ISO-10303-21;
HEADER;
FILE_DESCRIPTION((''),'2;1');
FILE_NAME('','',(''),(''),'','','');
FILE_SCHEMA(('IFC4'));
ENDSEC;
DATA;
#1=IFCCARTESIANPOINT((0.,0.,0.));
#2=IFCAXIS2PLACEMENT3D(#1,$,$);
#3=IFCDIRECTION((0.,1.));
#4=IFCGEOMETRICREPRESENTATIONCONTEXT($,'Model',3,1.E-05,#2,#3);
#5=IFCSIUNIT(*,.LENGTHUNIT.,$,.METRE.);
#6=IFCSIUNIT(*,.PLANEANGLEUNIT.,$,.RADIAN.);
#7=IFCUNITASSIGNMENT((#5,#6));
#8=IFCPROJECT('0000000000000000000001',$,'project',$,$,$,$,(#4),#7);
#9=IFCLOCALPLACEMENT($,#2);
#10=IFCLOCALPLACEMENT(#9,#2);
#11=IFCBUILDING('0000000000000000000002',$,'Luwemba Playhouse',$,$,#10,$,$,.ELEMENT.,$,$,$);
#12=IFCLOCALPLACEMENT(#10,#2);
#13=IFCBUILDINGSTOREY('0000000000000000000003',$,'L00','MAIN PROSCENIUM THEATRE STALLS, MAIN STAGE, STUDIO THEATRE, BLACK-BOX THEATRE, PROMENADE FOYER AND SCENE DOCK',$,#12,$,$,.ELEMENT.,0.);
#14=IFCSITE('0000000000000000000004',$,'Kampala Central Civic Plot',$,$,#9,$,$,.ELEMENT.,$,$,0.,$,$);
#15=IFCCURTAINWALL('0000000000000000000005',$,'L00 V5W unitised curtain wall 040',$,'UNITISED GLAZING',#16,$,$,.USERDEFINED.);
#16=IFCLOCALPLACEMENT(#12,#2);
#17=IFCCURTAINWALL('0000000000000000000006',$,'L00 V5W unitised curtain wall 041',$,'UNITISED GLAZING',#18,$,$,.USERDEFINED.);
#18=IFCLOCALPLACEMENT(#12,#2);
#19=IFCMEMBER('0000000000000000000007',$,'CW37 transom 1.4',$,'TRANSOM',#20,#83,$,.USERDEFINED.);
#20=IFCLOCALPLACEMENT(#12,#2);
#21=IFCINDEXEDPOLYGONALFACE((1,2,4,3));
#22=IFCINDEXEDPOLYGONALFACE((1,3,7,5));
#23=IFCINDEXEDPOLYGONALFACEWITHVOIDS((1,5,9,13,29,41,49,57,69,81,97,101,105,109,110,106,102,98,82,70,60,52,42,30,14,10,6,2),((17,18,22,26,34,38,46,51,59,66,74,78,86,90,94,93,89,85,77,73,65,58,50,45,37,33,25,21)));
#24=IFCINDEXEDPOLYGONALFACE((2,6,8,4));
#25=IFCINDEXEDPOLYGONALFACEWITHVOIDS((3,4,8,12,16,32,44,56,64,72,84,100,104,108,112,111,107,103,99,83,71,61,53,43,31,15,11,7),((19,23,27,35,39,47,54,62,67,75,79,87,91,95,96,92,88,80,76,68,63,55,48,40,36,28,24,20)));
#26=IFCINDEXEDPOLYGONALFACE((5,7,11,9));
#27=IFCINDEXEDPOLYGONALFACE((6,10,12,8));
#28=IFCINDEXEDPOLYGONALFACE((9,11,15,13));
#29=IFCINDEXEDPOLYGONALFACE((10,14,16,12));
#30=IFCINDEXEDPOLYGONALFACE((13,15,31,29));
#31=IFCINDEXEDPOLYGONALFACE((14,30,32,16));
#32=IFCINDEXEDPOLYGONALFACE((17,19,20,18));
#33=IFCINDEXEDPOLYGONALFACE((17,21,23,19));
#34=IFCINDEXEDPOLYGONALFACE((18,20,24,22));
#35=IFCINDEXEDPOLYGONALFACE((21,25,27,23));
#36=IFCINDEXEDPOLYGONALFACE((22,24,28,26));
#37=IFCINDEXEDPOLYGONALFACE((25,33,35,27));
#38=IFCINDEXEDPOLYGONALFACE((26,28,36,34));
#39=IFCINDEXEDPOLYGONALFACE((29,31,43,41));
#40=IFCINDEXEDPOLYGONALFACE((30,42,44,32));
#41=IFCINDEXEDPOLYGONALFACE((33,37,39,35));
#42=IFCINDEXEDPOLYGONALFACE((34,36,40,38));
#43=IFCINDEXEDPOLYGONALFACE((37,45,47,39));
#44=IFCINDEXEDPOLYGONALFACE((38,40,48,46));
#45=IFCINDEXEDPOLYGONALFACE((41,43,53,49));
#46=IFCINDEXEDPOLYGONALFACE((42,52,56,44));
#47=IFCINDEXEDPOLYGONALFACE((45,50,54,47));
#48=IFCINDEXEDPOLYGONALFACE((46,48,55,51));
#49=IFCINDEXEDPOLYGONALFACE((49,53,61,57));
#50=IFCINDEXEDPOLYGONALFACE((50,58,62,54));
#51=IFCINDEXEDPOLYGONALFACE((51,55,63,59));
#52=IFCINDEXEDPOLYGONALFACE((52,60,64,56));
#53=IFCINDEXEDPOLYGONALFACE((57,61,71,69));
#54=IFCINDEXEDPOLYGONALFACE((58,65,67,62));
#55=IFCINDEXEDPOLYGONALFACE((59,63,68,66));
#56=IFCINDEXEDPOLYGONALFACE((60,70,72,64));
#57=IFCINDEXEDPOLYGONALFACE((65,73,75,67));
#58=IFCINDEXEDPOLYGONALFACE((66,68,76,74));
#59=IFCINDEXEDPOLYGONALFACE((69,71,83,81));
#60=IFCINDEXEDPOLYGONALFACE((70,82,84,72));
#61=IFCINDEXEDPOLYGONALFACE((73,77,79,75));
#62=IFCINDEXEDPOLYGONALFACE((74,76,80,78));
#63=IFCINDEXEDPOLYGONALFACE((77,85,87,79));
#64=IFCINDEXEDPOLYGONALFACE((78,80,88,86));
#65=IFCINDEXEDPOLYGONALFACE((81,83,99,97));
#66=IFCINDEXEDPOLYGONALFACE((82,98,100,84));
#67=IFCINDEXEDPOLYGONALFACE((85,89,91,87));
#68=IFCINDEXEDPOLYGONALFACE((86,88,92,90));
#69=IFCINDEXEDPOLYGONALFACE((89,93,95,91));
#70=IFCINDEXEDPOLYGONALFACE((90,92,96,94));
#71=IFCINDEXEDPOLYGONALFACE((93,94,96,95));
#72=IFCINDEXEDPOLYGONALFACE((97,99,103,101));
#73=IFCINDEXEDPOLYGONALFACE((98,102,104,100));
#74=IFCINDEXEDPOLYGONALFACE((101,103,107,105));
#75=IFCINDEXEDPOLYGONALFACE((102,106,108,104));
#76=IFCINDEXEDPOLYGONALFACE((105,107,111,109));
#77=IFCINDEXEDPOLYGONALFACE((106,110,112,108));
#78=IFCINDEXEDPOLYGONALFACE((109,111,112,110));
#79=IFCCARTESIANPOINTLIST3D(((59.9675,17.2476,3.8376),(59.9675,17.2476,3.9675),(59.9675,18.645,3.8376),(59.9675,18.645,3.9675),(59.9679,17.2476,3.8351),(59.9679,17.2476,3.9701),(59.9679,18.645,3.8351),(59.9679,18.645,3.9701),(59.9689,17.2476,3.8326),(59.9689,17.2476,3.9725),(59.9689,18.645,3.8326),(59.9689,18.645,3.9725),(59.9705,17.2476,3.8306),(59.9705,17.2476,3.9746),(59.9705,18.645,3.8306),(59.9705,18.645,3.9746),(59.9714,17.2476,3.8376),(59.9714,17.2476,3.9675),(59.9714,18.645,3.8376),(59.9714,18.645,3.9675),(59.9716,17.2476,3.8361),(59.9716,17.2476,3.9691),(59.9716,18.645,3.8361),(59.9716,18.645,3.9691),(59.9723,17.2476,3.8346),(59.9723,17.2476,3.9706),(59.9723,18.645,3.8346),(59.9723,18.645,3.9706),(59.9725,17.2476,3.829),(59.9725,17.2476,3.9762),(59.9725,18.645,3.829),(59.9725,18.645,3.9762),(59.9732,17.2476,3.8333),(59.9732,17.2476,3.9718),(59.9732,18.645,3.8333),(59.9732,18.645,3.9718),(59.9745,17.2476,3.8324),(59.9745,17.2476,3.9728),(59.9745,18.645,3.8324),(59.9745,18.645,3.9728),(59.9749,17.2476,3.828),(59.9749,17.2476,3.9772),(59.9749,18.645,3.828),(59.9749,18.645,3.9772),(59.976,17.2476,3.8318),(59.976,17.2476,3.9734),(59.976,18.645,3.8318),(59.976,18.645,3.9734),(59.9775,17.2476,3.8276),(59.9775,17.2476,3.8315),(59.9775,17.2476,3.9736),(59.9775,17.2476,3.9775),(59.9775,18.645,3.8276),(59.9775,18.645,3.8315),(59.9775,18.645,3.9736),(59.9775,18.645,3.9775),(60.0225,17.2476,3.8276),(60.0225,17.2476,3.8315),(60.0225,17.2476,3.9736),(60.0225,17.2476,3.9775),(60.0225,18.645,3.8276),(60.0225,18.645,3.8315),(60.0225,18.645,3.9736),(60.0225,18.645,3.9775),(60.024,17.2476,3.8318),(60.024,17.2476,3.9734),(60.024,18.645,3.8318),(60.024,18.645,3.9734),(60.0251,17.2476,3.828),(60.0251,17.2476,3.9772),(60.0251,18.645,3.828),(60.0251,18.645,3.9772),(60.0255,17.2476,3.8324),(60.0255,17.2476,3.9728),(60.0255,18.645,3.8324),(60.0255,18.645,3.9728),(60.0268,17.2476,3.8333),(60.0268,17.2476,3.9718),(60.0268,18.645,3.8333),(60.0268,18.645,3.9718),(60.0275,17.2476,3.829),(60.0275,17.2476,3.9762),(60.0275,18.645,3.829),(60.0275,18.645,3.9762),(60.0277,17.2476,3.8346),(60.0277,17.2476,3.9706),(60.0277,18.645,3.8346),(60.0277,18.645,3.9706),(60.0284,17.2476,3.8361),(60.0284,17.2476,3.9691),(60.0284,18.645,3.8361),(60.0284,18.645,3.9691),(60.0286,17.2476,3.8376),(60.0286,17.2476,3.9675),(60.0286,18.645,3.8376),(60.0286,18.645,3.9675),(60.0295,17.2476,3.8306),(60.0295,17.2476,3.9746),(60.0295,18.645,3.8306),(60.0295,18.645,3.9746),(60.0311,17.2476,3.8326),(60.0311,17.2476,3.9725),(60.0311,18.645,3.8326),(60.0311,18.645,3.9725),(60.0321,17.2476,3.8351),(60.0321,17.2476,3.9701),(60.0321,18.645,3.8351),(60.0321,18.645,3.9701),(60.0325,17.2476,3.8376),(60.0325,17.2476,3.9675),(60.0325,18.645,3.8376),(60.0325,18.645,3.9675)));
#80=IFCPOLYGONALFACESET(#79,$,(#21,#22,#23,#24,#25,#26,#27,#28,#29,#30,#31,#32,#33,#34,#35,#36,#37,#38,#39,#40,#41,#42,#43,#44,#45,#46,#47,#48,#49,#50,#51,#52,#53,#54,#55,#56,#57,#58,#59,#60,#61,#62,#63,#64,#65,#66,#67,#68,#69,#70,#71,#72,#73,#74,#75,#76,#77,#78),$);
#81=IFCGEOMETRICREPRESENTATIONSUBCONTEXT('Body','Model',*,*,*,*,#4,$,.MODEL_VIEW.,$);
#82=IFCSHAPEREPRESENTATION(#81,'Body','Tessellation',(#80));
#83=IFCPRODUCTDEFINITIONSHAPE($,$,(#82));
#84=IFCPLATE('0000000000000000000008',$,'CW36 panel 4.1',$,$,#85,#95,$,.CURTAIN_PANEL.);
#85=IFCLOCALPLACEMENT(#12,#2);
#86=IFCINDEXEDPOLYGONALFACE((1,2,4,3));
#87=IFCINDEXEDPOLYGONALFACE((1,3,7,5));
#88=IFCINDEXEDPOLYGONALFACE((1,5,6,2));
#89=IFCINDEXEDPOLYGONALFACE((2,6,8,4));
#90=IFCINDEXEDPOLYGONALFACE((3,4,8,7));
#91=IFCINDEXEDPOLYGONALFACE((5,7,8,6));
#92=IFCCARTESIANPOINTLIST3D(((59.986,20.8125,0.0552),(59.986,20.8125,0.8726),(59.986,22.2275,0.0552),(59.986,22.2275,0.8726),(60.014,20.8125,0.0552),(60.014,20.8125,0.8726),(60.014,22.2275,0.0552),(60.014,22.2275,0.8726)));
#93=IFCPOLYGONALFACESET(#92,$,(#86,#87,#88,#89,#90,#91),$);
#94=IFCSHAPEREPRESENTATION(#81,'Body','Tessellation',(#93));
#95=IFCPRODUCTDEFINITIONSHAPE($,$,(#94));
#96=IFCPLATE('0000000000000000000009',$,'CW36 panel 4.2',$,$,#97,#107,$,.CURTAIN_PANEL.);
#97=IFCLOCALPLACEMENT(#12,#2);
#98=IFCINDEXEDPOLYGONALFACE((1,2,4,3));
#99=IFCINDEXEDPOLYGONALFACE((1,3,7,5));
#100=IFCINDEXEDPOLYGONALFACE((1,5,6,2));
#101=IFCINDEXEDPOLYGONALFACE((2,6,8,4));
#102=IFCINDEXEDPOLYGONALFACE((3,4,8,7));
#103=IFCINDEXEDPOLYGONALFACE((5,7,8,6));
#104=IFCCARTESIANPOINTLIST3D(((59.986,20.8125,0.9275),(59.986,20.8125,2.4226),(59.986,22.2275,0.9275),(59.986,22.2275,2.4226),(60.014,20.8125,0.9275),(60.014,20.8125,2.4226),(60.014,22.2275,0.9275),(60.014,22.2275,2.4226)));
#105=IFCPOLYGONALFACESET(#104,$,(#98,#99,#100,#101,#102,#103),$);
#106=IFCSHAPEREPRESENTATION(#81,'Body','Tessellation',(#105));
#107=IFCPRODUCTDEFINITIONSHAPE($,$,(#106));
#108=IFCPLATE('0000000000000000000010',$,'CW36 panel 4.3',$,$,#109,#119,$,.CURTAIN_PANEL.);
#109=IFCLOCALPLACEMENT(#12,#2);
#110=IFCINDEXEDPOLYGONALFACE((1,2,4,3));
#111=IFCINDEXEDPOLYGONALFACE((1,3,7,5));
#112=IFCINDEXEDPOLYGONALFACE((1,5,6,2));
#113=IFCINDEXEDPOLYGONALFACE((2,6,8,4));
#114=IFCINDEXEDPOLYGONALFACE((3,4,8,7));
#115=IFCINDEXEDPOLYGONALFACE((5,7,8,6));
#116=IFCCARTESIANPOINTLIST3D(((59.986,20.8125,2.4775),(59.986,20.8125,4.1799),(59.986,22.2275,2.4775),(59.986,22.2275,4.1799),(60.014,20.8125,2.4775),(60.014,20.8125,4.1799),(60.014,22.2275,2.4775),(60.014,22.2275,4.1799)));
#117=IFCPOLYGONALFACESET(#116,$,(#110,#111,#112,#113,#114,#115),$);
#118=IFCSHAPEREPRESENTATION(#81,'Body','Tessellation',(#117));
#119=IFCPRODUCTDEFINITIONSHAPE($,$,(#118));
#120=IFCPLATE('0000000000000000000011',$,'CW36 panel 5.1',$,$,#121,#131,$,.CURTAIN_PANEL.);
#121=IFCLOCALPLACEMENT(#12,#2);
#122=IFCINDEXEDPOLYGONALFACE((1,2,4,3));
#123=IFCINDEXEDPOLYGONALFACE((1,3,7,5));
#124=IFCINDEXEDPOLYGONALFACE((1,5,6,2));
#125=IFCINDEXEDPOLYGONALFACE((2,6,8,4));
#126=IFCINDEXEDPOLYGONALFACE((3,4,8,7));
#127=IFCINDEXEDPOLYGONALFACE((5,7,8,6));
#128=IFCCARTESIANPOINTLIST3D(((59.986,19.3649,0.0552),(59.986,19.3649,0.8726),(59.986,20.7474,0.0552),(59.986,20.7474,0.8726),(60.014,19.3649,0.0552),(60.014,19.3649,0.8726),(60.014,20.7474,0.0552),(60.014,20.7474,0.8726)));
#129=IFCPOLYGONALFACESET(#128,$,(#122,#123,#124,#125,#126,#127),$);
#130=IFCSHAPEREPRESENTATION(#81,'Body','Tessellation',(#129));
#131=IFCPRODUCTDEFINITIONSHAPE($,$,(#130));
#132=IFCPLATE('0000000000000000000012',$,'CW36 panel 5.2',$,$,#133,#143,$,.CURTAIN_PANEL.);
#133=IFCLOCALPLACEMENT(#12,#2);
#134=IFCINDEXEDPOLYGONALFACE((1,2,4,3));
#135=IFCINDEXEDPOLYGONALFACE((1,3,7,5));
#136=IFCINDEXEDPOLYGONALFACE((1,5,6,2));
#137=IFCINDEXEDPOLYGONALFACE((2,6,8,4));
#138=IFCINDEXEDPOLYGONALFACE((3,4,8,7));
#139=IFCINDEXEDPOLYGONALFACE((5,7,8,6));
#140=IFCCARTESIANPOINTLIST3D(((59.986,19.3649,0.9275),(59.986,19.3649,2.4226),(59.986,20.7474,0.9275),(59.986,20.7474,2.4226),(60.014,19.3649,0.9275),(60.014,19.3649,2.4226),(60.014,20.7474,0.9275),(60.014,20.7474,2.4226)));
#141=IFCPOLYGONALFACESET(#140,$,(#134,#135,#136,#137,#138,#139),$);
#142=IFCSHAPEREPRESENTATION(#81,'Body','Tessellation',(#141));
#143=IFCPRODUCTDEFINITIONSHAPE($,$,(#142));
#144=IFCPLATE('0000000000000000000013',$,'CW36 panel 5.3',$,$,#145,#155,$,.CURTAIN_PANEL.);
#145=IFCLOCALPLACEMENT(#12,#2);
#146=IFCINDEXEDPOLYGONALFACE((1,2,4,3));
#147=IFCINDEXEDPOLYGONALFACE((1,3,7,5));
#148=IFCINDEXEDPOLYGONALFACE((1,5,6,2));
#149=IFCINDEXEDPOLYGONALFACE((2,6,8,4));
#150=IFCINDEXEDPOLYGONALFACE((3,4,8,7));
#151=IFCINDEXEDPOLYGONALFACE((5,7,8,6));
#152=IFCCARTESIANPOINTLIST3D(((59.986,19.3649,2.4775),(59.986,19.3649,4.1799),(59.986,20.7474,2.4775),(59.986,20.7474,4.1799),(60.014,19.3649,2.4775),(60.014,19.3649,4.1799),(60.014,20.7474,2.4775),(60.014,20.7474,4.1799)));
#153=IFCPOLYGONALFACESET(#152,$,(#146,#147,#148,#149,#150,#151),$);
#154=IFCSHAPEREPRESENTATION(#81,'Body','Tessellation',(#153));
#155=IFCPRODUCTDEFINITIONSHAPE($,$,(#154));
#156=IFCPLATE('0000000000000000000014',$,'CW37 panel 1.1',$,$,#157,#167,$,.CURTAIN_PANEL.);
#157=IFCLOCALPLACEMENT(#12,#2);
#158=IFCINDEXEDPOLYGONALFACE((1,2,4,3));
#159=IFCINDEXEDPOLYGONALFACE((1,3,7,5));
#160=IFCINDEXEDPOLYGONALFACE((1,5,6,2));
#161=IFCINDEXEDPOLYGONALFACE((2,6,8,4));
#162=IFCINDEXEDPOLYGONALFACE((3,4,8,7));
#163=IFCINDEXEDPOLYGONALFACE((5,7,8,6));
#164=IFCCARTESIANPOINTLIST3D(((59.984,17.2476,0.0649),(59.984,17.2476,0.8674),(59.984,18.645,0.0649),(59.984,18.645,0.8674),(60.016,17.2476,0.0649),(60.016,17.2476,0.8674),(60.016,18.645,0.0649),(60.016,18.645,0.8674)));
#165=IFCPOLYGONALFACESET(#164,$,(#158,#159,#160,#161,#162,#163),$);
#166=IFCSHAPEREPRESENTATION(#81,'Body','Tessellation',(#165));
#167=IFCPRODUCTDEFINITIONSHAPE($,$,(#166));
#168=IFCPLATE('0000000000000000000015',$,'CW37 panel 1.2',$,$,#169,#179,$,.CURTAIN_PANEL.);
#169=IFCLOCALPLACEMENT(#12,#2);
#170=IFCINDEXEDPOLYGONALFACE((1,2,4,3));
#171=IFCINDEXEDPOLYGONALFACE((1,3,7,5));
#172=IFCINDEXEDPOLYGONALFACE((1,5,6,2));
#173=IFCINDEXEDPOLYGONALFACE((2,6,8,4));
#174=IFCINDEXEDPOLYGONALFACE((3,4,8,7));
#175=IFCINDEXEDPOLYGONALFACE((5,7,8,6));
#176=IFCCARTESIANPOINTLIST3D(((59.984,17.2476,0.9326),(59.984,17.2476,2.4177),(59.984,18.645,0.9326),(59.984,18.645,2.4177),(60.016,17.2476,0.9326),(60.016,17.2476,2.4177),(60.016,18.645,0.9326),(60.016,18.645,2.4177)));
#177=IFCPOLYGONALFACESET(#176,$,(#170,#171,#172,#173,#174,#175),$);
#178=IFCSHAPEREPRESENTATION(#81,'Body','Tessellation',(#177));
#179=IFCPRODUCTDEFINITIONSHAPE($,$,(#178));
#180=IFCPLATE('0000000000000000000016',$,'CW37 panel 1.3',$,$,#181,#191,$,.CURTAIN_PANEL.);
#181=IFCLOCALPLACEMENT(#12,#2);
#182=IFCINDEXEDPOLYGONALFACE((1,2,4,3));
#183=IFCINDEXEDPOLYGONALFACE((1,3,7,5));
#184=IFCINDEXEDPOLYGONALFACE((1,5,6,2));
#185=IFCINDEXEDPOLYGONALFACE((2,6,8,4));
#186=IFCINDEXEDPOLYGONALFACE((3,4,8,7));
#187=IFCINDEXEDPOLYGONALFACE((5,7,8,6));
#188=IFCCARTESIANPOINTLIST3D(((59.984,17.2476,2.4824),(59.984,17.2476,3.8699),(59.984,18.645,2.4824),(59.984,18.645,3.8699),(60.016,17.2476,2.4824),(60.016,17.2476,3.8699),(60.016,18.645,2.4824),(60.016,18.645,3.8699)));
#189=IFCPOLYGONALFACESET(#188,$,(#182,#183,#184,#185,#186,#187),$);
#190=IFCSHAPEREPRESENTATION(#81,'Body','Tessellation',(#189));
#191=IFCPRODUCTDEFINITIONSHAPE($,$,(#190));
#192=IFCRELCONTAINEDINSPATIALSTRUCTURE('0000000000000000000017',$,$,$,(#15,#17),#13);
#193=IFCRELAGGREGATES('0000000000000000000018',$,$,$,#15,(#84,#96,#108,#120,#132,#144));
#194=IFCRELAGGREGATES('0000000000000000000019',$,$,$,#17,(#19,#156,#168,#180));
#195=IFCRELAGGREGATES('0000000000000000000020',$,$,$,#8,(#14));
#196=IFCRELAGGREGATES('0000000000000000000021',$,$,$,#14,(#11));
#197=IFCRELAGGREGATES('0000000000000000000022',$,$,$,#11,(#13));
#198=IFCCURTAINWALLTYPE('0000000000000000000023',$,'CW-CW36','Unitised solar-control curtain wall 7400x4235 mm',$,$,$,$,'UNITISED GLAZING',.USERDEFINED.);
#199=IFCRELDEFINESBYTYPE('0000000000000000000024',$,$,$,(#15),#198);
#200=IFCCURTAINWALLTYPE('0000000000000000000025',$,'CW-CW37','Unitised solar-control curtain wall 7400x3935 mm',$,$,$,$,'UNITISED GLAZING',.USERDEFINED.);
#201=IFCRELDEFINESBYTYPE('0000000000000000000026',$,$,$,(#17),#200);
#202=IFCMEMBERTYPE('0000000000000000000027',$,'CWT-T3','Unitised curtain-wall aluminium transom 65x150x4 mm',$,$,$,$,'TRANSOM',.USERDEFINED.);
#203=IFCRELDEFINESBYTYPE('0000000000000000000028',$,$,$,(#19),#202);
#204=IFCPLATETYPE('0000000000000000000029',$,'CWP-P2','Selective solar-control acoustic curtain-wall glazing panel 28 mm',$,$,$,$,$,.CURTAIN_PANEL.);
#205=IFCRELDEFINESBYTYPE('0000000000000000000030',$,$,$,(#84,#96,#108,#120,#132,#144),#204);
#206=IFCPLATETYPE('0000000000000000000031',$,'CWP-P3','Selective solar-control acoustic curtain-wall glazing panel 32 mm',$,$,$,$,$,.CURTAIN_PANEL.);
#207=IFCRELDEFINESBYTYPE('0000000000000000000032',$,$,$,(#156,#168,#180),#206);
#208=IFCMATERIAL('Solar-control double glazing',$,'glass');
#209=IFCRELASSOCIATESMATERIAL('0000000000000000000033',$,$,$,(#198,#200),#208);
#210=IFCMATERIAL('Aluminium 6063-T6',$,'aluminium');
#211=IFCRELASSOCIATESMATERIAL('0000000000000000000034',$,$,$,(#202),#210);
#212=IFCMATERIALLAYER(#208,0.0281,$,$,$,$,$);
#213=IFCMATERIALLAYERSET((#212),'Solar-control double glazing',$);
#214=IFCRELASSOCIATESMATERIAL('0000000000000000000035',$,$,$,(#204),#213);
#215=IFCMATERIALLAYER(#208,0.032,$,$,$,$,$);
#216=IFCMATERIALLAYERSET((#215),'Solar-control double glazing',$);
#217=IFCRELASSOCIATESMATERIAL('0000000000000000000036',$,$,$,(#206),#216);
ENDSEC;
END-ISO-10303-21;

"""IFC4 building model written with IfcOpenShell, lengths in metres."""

from ifc_helpers import new_model, si_unit, direction, frame, origin, origin_2d, place, context, subcontext, project, spatial, rectangle, hollow_rectangle, extrude, material, layer, layer_set, material_profile, profile_set, type_object, element, aggregate, save


model = new_model("IFC4")

# Units and contexts
model_context = context("Model", 3, precision=1e-05, world=origin(), true_north=direction((0.0, 1.0)))
body_context = subcontext(model_context, "Body", "Model", "MODEL_VIEW")
ifc_project = project(units=[si_unit("LENGTHUNIT", "METRE"), si_unit("PLANEANGLEUNIT", "RADIAN")], contexts=[model_context])

# Site, building, storey
site_placement = place(None, origin())
site = spatial("IfcSite", under=ifc_project, at=site_placement, Name="Kampala Central Civic Plot", CompositionType="ELEMENT", RefElevation=0.0)
building_placement = place(site_placement, origin())
building = spatial("IfcBuilding", under=site, at=building_placement, Name="Luwemba Playhouse", CompositionType="ELEMENT")
storey_placement = place(building_placement, origin())
storey = spatial("IfcBuildingStorey", under=building, at=storey_placement, Name="L00", Description="MAIN PROSCENIUM THEATRE STALLS, MAIN STAGE, STUDIO THEATRE, BLACK-BOX THEATRE, PROMENADE FOYER AND SCENE DOCK", CompositionType="ELEMENT", Elevation=0.0)

# Curtain walls
ifc_material_1 = material(Name="Solar-control double glazing", Category="glass")
curtain_wall_type_1 = type_object("IfcCurtainWallType", Name="CW-CW36", Description="Unitised solar-control curtain wall 7400x4235 mm", ElementType="UNITISED GLAZING", PredefinedType="USERDEFINED", material=ifc_material_1)
curtain_wall_1_placement = place(storey_placement, origin())
curtain_wall_1 = element("IfcCurtainWall", 1, at=curtain_wall_1_placement, inside=storey, type_object=curtain_wall_type_1, Name="L00 V5W unitised curtain wall 040", ObjectType="UNITISED GLAZING", PredefinedType="USERDEFINED")
ifc_material_2 = material(Name="Aluminium 6063-T6", Category="aluminium")
curtain_wall_type_2 = type_object("IfcCurtainWallType", Name="CW-CW37", Description="Unitised solar-control curtain wall 7400x3935 mm", ElementType="UNITISED GLAZING", PredefinedType="USERDEFINED", material=ifc_material_1)
curtain_wall_2_placement = place(storey_placement, origin())
curtain_wall_2 = element("IfcCurtainWall", 2, at=curtain_wall_2_placement, inside=storey, type_object=curtain_wall_type_2, Name="L00 V5W unitised curtain wall 041", ObjectType="UNITISED GLAZING", PredefinedType="USERDEFINED")

# Member
ifc_material_profile_1 = material_profile(ifc_material_2, hollow_rectangle(XDim=0.0649, YDim=0.1499, WallThickness=0.0039, InnerFilletRadius=0.0061, OuterFilletRadius=0.01, at=origin_2d()))
ifc_profile_set_1 = profile_set([ifc_material_profile_1], Name="Aluminium 6063-T6")
member_type_1 = type_object("IfcMemberType", Name="CWT-T3", Description="Unitised curtain-wall aluminium transom 65x150x4 mm", ElementType="TRANSOM", PredefinedType="USERDEFINED", material=ifc_profile_set_1)
member_1_placement = place(storey_placement, frame((60.0, 18.645, 3.9026), z_axis=(0.0, -1.0, 0.0), x_axis=(1.0, 0.0, 0.0)))
member_1 = element("IfcMember", 3, at=member_1_placement, type_object=member_type_1, Name="CW37 transom 1.4", ObjectType="TRANSOM", PredefinedType="USERDEFINED", context=body_context, shape_type="SweptSolid", body=[
    extrude(hollow_rectangle(XDim=0.0649, YDim=0.1499, WallThickness=0.0039, InnerFilletRadius=0.0061, OuterFilletRadius=0.01, at=origin_2d()), origin(), (0.0, 0.0, 1.0), 1.3975),
])

# Plates
ifc_layer_1 = layer(ifc_material_1, 0.0281)
ifc_layer_set_1 = layer_set([ifc_layer_1], Name="Solar-control double glazing")
plate_type_1 = type_object("IfcPlateType", Name="CWP-P2", Description="Selective solar-control acoustic curtain-wall glazing panel 28 mm", PredefinedType="CURTAIN_PANEL", material=ifc_layer_set_1)
plate_1_placement = place(storey_placement, frame((60.0, 21.52, 0.0552), z_axis=(0.0, 0.0, 1.0), x_axis=(0.0, -1.0, 0.0)))
plate_1 = element("IfcPlate", 4, at=plate_1_placement, type_object=plate_type_1, Name="CW36 panel 4.1", PredefinedType="CURTAIN_PANEL", context=body_context, shape_type="SweptSolid", body=[
    extrude(rectangle(XDim=1.415, YDim=0.0281, at=origin_2d()), origin(), (0.0, 0.0, 1.0), 0.8174),
])
plate_2_placement = place(storey_placement, frame((60.0, 21.52, 0.9275), z_axis=(0.0, 0.0, 1.0), x_axis=(0.0, -1.0, 0.0)))
plate_2 = element("IfcPlate", 5, at=plate_2_placement, type_object=plate_type_1, Name="CW36 panel 4.2", PredefinedType="CURTAIN_PANEL", context=body_context, shape_type="SweptSolid", body=[
    extrude(rectangle(XDim=1.415, YDim=0.0281, at=origin_2d()), origin(), (0.0, 0.0, 1.0), 1.4951),
])
plate_3_placement = place(storey_placement, frame((60.0, 21.52, 2.4775), z_axis=(0.0, 0.0, 1.0), x_axis=(0.0, -1.0, 0.0)))
plate_3 = element("IfcPlate", 6, at=plate_3_placement, type_object=plate_type_1, Name="CW36 panel 4.3", PredefinedType="CURTAIN_PANEL", context=body_context, shape_type="SweptSolid", body=[
    extrude(rectangle(XDim=1.415, YDim=0.0281, at=origin_2d()), origin(), (0.0, 0.0, 1.0), 1.7024),
])
plate_4_placement = place(storey_placement, frame((60.0, 20.0562, 0.0552), z_axis=(0.0, 0.0, 1.0), x_axis=(0.0, -1.0, 0.0)))
plate_4 = element("IfcPlate", 7, at=plate_4_placement, type_object=plate_type_1, Name="CW36 panel 5.1", PredefinedType="CURTAIN_PANEL", context=body_context, shape_type="SweptSolid", body=[
    extrude(rectangle(XDim=1.3826, YDim=0.0281, at=origin_2d()), origin(), (0.0, 0.0, 1.0), 0.8174),
])
plate_5_placement = place(storey_placement, frame((60.0, 20.0562, 0.9275), z_axis=(0.0, 0.0, 1.0), x_axis=(0.0, -1.0, 0.0)))
plate_5 = element("IfcPlate", 8, at=plate_5_placement, type_object=plate_type_1, Name="CW36 panel 5.2", PredefinedType="CURTAIN_PANEL", context=body_context, shape_type="SweptSolid", body=[
    extrude(rectangle(XDim=1.3826, YDim=0.0281, at=origin_2d()), origin(), (0.0, 0.0, 1.0), 1.4951),
])
plate_6_placement = place(storey_placement, frame((60.0, 20.0562, 2.4775), z_axis=(0.0, 0.0, 1.0), x_axis=(0.0, -1.0, 0.0)))
plate_6 = element("IfcPlate", 9, at=plate_6_placement, type_object=plate_type_1, Name="CW36 panel 5.3", PredefinedType="CURTAIN_PANEL", context=body_context, shape_type="SweptSolid", body=[
    extrude(rectangle(XDim=1.3826, YDim=0.0281, at=origin_2d()), origin(), (0.0, 0.0, 1.0), 1.7024),
])
aggregate(curtain_wall_1, [plate_1, plate_2, plate_3, plate_4, plate_5, plate_6])
ifc_layer_2 = layer(ifc_material_1, 0.032)
ifc_layer_set_2 = layer_set([ifc_layer_2], Name="Solar-control double glazing")
plate_type_2 = type_object("IfcPlateType", Name="CWP-P3", Description="Selective solar-control acoustic curtain-wall glazing panel 32 mm", PredefinedType="CURTAIN_PANEL", material=ifc_layer_set_2)
plate_7_placement = place(storey_placement, frame((60.0, 17.9463, 0.0649), z_axis=(0.0, 0.0, 1.0), x_axis=(0.0, -1.0, 0.0)))
plate_7 = element("IfcPlate", 10, at=plate_7_placement, type_object=plate_type_2, Name="CW37 panel 1.1", PredefinedType="CURTAIN_PANEL", context=body_context, shape_type="SweptSolid", body=[
    extrude(rectangle(XDim=1.3975, YDim=0.032, at=origin_2d()), origin(), (0.0, 0.0, 1.0), 0.8025),
])
plate_8_placement = place(storey_placement, frame((60.0, 17.9463, 0.9326), z_axis=(0.0, 0.0, 1.0), x_axis=(0.0, -1.0, 0.0)))
plate_8 = element("IfcPlate", 11, at=plate_8_placement, type_object=plate_type_2, Name="CW37 panel 1.2", PredefinedType="CURTAIN_PANEL", context=body_context, shape_type="SweptSolid", body=[
    extrude(rectangle(XDim=1.3975, YDim=0.032, at=origin_2d()), origin(), (0.0, 0.0, 1.0), 1.4851),
])
plate_9_placement = place(storey_placement, frame((60.0, 17.9463, 2.4824), z_axis=(0.0, 0.0, 1.0), x_axis=(0.0, -1.0, 0.0)))
plate_9 = element("IfcPlate", 12, at=plate_9_placement, type_object=plate_type_2, Name="CW37 panel 1.3", PredefinedType="CURTAIN_PANEL", context=body_context, shape_type="SweptSolid", body=[
    extrude(rectangle(XDim=1.3975, YDim=0.032, at=origin_2d()), origin(), (0.0, 0.0, 1.0), 1.3875),
])
aggregate(curtain_wall_2, [member_1, plate_7, plate_8, plate_9])

save(model, "model.ifc")
